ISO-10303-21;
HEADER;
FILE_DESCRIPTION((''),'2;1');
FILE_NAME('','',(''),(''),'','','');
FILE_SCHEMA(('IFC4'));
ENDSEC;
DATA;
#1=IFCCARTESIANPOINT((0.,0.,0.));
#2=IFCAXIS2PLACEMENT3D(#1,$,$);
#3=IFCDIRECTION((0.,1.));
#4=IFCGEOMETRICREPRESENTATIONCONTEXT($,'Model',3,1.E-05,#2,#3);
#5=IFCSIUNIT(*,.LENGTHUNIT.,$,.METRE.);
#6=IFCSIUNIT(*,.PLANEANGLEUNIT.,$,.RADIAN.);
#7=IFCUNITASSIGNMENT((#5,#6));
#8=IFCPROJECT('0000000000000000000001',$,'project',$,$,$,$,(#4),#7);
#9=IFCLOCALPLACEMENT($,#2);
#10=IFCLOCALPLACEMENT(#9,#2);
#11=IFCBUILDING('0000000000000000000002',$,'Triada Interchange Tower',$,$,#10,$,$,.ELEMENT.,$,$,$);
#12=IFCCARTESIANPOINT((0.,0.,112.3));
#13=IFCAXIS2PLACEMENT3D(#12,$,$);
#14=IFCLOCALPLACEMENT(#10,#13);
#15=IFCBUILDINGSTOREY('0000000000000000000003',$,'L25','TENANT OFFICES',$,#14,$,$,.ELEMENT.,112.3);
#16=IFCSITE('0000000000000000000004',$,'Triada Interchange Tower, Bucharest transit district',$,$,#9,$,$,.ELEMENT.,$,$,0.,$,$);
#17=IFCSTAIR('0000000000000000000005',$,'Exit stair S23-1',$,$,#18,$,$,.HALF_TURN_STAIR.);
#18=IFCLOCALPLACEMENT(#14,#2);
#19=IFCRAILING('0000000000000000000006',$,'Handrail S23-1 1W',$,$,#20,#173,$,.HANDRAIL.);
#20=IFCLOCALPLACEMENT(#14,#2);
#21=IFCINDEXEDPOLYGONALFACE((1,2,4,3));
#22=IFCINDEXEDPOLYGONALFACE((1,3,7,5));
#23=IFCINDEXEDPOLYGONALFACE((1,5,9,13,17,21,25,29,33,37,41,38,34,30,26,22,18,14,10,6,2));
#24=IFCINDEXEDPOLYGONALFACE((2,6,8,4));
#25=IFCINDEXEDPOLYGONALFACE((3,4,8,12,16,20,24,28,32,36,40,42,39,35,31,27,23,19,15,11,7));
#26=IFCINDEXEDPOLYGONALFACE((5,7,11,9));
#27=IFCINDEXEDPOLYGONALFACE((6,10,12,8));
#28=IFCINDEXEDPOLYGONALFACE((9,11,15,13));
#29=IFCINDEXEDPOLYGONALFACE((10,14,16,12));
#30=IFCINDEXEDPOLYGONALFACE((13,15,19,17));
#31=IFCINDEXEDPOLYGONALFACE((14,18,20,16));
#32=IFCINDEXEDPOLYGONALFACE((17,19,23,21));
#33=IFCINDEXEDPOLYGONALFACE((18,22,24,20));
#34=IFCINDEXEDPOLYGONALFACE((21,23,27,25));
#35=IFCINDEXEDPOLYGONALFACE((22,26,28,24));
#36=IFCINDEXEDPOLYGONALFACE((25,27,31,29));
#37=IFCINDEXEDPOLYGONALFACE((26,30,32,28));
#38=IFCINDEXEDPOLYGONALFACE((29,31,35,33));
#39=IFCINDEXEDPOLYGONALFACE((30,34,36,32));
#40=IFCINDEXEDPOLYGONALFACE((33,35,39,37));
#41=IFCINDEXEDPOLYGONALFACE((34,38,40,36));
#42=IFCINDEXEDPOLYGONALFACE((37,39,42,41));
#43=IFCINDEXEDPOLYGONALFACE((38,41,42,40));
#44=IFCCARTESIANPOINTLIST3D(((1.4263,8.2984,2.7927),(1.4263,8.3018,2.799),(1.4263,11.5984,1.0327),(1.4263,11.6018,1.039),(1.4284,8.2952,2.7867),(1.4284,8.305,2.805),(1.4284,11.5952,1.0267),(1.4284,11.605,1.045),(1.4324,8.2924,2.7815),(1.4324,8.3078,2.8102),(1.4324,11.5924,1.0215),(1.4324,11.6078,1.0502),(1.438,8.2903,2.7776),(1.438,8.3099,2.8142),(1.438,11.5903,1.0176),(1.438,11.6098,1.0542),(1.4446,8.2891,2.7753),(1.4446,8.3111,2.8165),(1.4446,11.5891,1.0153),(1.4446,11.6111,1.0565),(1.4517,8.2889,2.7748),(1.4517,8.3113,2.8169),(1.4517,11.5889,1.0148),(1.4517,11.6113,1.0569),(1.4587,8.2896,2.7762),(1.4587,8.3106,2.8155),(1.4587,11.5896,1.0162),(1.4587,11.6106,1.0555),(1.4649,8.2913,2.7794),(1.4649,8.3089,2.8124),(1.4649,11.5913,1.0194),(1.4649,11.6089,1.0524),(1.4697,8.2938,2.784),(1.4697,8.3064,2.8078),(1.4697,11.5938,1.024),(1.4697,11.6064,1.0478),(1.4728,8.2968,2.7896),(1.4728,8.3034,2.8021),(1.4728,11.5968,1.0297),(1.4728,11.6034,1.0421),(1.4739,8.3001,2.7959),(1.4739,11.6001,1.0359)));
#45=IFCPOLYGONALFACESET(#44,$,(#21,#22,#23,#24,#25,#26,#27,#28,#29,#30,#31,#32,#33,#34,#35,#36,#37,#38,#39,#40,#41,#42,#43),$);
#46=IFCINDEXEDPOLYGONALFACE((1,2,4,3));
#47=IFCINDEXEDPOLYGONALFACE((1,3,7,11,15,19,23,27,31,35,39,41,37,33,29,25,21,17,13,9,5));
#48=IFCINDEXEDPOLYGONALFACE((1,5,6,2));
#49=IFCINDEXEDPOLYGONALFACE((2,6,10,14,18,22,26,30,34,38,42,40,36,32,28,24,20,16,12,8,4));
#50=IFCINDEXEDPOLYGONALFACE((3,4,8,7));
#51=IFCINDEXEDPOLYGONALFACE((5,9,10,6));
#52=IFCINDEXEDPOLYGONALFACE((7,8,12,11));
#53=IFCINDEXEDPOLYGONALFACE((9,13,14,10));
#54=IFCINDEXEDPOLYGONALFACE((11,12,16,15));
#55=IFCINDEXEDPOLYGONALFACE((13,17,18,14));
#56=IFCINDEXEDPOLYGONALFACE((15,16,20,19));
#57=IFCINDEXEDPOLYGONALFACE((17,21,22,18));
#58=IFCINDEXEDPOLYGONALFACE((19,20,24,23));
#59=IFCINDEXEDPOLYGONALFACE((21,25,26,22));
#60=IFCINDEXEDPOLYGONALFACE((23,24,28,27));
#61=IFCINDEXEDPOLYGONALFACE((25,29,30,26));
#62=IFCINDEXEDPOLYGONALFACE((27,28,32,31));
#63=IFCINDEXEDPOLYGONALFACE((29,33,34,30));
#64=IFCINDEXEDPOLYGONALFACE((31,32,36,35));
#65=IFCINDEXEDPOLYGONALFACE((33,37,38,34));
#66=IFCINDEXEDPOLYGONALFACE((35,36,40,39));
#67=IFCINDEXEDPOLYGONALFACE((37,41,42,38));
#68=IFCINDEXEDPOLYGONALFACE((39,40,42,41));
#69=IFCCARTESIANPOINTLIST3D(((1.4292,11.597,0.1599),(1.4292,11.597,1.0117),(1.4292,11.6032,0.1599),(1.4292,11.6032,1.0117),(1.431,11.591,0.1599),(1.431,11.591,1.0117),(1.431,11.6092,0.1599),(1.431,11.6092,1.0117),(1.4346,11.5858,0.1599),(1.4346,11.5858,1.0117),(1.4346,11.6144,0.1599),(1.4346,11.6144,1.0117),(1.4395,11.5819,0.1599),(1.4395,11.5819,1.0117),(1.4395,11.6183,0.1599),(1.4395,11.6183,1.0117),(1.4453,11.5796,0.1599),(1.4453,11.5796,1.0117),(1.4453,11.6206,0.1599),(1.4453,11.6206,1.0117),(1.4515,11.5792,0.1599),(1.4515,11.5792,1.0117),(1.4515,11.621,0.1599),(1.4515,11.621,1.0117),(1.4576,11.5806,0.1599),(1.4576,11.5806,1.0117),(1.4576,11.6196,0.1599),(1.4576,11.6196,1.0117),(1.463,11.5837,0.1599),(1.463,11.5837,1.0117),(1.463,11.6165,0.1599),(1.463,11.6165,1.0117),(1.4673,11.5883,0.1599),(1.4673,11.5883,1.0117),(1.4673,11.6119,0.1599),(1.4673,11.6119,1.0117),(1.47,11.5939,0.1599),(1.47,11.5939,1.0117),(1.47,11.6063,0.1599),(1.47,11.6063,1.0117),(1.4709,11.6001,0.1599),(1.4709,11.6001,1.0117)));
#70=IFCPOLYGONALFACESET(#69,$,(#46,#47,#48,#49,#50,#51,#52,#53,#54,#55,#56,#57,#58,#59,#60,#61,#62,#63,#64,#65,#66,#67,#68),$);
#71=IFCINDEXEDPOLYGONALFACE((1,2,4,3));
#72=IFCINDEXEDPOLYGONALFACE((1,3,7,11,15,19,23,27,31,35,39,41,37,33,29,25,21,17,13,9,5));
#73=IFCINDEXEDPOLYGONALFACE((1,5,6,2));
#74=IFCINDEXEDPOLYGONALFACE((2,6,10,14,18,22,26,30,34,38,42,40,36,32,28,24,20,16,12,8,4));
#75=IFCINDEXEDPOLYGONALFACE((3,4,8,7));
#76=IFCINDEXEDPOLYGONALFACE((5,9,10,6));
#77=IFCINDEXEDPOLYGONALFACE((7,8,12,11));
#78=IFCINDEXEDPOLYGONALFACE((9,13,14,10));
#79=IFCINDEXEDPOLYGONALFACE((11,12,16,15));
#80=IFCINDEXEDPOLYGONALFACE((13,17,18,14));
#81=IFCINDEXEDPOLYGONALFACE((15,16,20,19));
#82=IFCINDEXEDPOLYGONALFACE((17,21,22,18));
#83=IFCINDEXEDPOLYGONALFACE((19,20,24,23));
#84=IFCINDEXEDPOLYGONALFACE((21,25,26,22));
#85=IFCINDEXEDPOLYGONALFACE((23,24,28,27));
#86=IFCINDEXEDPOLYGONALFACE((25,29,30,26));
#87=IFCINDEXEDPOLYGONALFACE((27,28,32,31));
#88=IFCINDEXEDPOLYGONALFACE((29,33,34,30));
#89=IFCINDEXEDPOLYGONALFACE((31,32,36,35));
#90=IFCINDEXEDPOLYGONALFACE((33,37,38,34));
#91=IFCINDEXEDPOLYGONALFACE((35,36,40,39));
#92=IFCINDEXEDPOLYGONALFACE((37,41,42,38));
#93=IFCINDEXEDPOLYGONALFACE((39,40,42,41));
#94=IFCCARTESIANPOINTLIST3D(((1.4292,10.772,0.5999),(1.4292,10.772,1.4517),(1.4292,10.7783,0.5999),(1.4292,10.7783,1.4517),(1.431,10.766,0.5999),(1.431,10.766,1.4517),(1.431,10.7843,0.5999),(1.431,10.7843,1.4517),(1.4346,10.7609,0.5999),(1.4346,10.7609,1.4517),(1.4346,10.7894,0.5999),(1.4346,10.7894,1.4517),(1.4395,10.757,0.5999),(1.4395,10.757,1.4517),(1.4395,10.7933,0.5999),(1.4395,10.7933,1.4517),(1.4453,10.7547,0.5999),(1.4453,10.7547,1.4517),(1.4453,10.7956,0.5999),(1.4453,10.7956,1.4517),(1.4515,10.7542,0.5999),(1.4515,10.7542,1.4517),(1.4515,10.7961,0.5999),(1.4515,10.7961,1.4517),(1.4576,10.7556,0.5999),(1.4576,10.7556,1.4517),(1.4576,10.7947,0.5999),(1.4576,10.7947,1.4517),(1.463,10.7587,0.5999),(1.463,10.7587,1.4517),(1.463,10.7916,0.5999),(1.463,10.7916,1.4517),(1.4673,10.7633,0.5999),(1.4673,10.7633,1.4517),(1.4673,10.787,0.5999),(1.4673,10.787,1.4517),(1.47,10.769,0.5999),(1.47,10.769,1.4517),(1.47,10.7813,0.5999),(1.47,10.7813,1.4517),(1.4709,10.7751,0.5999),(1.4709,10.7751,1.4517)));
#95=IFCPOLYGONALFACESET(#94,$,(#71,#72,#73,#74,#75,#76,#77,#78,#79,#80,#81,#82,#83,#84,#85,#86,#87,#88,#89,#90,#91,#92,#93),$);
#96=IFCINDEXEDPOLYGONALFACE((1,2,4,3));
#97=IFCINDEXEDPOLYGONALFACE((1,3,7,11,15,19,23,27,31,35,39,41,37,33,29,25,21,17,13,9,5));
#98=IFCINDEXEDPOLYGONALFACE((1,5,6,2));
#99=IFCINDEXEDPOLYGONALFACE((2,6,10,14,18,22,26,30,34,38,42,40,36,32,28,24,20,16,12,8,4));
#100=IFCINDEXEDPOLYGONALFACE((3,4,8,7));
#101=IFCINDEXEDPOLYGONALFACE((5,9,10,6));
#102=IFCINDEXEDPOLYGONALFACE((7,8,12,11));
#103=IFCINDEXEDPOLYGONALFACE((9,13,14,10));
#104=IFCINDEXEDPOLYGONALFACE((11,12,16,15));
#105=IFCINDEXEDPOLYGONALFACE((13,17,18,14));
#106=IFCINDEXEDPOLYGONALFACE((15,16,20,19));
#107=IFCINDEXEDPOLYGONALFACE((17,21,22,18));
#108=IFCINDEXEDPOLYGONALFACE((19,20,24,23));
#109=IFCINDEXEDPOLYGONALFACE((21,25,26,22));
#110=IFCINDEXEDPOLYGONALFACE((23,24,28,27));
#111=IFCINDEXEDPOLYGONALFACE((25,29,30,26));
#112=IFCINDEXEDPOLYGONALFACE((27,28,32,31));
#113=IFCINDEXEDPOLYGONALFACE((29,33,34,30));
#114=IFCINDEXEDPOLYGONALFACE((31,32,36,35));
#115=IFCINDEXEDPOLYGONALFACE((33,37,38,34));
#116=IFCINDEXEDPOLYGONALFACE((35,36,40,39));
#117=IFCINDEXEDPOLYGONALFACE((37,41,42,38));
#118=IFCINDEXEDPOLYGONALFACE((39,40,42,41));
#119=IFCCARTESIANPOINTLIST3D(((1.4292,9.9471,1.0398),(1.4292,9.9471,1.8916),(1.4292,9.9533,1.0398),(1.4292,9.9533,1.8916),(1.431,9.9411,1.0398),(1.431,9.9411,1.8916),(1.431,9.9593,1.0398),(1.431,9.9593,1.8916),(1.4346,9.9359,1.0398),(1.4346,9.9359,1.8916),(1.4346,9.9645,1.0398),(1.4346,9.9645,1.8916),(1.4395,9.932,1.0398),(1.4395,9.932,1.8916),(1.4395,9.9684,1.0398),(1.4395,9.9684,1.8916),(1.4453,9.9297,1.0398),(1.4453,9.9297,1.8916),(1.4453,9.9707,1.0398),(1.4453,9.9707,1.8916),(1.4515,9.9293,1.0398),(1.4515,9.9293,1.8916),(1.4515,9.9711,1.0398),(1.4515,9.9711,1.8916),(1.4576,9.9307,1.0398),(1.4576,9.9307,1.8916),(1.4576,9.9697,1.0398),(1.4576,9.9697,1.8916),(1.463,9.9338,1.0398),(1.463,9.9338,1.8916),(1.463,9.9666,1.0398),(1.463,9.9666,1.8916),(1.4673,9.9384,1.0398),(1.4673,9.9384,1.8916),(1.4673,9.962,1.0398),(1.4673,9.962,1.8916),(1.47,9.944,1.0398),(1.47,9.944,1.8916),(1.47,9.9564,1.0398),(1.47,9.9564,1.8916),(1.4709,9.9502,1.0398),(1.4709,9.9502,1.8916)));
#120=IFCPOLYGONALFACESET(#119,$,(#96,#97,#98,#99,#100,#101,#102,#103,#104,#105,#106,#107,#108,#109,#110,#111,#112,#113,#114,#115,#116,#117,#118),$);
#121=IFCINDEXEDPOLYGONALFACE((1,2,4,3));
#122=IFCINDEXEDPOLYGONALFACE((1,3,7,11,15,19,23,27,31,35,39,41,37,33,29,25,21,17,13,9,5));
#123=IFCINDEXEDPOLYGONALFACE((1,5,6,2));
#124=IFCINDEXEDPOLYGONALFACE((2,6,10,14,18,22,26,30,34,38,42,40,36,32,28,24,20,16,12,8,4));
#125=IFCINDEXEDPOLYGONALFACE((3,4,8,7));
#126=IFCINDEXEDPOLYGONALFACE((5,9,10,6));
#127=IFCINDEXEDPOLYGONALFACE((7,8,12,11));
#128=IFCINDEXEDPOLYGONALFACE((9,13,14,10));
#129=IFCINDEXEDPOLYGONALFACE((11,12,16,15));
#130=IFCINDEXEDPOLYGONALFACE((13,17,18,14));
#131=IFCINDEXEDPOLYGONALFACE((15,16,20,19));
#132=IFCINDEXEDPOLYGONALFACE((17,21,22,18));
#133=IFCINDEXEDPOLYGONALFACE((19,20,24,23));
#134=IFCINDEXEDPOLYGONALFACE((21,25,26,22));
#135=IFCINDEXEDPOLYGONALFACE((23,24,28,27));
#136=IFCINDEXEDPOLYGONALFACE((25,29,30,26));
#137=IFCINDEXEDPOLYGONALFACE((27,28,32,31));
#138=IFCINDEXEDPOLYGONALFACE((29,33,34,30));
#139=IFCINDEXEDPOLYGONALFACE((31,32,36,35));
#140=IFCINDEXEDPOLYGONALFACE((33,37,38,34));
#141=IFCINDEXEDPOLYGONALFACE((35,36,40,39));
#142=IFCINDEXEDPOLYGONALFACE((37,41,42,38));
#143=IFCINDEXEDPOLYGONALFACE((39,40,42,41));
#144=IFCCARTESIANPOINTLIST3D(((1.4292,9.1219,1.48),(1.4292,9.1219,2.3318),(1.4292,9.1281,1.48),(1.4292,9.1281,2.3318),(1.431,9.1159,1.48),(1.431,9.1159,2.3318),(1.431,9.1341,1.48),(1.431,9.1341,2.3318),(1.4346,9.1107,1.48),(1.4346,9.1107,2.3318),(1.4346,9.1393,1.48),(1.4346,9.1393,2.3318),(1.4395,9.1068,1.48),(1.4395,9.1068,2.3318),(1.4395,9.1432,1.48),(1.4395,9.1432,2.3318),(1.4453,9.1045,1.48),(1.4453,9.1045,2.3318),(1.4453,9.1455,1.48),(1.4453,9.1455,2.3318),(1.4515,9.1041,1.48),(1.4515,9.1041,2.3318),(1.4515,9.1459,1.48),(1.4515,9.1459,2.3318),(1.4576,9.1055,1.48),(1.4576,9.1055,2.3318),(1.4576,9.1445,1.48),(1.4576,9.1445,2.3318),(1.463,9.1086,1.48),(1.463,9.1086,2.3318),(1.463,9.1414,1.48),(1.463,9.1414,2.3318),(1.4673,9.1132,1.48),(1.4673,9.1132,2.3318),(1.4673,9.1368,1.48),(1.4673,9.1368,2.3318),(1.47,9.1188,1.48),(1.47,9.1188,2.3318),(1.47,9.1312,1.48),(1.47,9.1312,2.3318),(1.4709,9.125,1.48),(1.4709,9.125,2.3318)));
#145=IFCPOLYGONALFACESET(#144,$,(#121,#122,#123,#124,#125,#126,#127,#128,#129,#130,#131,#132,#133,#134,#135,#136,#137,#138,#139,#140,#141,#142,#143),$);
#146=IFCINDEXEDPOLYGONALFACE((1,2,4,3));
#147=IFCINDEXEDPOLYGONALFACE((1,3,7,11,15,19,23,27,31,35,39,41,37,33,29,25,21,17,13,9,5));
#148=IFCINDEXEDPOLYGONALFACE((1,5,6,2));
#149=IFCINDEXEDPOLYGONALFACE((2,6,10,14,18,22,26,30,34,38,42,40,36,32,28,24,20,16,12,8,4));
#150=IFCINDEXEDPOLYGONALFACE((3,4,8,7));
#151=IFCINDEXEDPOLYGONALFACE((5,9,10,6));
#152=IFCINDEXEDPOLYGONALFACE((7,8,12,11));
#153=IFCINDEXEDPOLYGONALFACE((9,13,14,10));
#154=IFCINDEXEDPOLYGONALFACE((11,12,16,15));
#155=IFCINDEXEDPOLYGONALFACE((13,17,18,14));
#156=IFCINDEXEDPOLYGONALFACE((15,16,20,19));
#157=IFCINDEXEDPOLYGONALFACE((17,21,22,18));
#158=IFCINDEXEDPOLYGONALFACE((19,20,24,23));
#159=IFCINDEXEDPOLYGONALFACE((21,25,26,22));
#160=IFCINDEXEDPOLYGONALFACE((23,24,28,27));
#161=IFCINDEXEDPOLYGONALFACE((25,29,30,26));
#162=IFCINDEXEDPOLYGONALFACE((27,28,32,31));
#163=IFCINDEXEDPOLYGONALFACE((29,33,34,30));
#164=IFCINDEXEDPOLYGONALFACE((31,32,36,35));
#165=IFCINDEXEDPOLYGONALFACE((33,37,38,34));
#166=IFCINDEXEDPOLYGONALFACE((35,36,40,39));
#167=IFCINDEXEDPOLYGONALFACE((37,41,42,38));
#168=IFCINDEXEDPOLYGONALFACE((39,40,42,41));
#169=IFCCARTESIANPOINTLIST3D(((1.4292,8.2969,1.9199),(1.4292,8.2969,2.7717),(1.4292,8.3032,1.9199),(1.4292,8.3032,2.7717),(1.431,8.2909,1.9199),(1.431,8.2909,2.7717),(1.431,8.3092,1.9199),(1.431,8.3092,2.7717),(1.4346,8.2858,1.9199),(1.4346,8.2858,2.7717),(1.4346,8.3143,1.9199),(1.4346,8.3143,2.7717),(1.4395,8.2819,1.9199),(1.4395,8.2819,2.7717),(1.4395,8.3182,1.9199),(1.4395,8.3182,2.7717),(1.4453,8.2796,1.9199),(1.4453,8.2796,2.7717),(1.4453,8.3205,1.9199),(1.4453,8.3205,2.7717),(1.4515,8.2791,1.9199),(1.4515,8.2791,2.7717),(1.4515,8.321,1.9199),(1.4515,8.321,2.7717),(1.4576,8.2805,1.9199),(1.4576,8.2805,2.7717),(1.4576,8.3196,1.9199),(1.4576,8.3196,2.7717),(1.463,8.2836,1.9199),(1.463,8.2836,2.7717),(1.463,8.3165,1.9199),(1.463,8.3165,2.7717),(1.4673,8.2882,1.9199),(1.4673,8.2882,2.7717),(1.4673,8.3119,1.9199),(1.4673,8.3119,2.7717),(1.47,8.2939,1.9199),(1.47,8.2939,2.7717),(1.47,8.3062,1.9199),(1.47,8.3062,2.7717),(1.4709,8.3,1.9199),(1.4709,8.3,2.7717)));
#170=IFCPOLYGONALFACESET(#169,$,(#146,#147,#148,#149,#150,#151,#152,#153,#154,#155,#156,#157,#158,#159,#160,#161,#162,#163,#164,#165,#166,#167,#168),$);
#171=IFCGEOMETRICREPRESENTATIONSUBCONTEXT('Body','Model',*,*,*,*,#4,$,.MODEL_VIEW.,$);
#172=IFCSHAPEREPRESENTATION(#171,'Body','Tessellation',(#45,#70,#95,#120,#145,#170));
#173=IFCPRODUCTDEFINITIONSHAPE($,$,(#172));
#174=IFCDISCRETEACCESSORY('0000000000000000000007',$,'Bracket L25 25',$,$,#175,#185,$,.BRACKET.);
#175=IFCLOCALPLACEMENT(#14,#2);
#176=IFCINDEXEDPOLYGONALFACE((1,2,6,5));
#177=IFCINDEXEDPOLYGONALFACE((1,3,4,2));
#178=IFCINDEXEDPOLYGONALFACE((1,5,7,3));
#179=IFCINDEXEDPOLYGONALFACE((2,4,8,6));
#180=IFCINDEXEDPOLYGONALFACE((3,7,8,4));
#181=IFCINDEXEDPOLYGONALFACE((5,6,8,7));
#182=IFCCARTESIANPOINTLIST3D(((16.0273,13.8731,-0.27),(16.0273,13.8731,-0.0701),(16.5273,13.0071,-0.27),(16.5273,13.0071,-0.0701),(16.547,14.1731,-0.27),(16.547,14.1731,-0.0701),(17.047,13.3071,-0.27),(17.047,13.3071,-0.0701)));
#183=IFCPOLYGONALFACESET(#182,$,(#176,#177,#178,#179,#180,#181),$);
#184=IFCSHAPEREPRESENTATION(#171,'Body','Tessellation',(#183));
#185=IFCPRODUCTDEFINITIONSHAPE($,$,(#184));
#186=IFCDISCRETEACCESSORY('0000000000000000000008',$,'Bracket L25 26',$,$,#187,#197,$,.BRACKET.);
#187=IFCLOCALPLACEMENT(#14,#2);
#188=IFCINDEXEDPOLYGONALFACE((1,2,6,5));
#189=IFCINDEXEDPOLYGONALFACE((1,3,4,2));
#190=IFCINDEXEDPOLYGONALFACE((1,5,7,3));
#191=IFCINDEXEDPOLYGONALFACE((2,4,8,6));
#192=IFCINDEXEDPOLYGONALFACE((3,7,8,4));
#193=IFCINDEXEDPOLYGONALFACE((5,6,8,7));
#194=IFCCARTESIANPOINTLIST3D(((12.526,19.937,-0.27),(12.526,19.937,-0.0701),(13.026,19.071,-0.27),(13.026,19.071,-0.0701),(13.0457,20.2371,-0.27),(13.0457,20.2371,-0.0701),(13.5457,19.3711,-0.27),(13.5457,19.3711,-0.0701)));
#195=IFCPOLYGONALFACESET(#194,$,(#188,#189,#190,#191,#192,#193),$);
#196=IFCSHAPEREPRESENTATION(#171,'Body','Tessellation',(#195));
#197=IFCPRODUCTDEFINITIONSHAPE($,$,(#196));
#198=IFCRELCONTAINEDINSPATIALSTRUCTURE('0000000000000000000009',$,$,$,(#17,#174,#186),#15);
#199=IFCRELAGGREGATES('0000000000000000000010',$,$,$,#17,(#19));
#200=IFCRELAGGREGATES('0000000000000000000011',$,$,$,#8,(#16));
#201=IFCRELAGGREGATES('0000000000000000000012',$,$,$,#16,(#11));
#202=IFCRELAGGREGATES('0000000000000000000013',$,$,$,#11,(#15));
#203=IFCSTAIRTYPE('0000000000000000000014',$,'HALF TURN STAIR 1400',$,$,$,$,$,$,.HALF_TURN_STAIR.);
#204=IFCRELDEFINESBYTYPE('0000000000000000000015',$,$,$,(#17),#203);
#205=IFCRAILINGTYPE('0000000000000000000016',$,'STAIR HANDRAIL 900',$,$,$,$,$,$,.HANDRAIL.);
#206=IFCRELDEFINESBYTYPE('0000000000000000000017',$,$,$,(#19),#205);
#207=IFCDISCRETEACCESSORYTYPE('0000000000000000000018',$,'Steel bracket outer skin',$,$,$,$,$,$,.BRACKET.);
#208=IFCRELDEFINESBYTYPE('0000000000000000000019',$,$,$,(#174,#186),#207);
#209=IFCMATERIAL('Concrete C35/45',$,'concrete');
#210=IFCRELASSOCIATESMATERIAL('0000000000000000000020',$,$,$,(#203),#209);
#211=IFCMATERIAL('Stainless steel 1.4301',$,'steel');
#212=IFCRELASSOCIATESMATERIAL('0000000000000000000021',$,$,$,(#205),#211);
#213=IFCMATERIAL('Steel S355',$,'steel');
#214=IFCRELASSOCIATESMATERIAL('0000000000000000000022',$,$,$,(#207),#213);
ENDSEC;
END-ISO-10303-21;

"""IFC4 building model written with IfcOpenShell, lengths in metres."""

from ifc_helpers import new_model, si_unit, direction, frame, origin, origin_2d, place, context, subcontext, project, spatial, rectangle, circle, extrude, material, type_object, element, aggregate, save


model = new_model("IFC4")

# Units and contexts
model_context = context("Model", 3, precision=1e-05, world=origin(), true_north=direction((0.0, 1.0)))
body_context = subcontext(model_context, "Body", "Model", "MODEL_VIEW")
ifc_project = project(units=[si_unit("LENGTHUNIT", "METRE"), si_unit("PLANEANGLEUNIT", "RADIAN")], contexts=[model_context])

# Site, building, storey
site_placement = place(None, origin())
site = spatial("IfcSite", under=ifc_project, at=site_placement, Name="Triada Interchange Tower, Bucharest transit district", CompositionType="ELEMENT", RefElevation=0.0)
building_placement = place(site_placement, origin())
building = spatial("IfcBuilding", under=site, at=building_placement, Name="Triada Interchange Tower", CompositionType="ELEMENT")
storey_placement = place(building_placement, frame((0.0, 0.0, 112.3)))
storey = spatial("IfcBuildingStorey", under=building, at=storey_placement, Name="L25", Description="TENANT OFFICES", CompositionType="ELEMENT", Elevation=112.3)

# Stair
ifc_material_1 = material(Name="Concrete C35/45", Category="concrete")
stair_type = type_object("IfcStairType", Name="HALF TURN STAIR 1400", PredefinedType="HALF_TURN_STAIR", material=ifc_material_1)
stair_placement = place(storey_placement, origin())
stair = element("IfcStair", 1, at=stair_placement, inside=storey, type_object=stair_type, Name="Exit stair S23-1", PredefinedType="HALF_TURN_STAIR")

# Railing
ifc_material_2 = material(Name="Stainless steel 1.4301", Category="steel")
railing_type = type_object("IfcRailingType", Name="STAIR HANDRAIL 900", PredefinedType="HANDRAIL", material=ifc_material_2)
railing_placement = place(storey_placement, frame((1.45, 11.6001, 0.1599)))
railing = element("IfcRailing", 2, at=railing_placement, type_object=railing_type, Name="Handrail S23-1 1W", PredefinedType="HANDRAIL", context=body_context, shape_type="SweptSolid", body=[
    extrude(circle(Radius=0.0239, at=origin_2d()), frame((0.0, 0.0, 0.876), z_axis=(0.0, -0.882355, 0.470585), x_axis=(1.0, 0.0, 0.0)), (0.0, 0.0, 1.0), 3.74),
    extrude(circle(Radius=0.021, at=origin_2d()), origin(), (0.0, 0.0, 1.0), 0.8518),
    extrude(circle(Radius=0.021, at=origin_2d()), frame((0.0, -0.825, 0.4399)), (0.0, 0.0, 1.0), 0.8518),
    extrude(circle(Radius=0.021, at=origin_2d()), frame((0.0, -1.6499, 0.8799)), (0.0, 0.0, 1.0), 0.8518),
    extrude(circle(Radius=0.021, at=origin_2d()), frame((0.0, -2.4751, 1.3201)), (0.0, 0.0, 1.0), 0.8518),
    extrude(circle(Radius=0.021, at=origin_2d()), frame((0.0, -3.3, 1.76)), (0.0, 0.0, 1.0), 0.8518),
])
aggregate(stair, [railing])

# Discrete accessories
ifc_material_3 = material(Name="Steel S355", Category="steel")
discrete_accessory_type = type_object("IfcDiscreteAccessoryType", Name="Steel bracket outer skin", PredefinedType="BRACKET", material=ifc_material_3)
for number, where, z_axis, x_axis, name in (
    (3, (16.5371, 13.5901, -0.27), (0.0, 0.0, 1.0), (0.866022, 0.500006, 0.0), "Bracket L25 25"),
    (4, (13.0359, 19.6541, -0.27), (0.0, 0.0, 1.0), (0.866022, 0.500006, 0.0), "Bracket L25 26"),
):
    element("IfcDiscreteAccessory", number, at=place(storey_placement, frame(where, z_axis=z_axis, x_axis=x_axis)), inside=storey, type_object=discrete_accessory_type, Name=name, PredefinedType="BRACKET", context=body_context, shape_type="SweptSolid", body=[
        extrude(rectangle(XDim=0.6001, YDim=1.0, at=origin_2d()), origin(), (0.0, 0.0, 1.0), 0.2),
    ])

save(model, "model.ifc")
